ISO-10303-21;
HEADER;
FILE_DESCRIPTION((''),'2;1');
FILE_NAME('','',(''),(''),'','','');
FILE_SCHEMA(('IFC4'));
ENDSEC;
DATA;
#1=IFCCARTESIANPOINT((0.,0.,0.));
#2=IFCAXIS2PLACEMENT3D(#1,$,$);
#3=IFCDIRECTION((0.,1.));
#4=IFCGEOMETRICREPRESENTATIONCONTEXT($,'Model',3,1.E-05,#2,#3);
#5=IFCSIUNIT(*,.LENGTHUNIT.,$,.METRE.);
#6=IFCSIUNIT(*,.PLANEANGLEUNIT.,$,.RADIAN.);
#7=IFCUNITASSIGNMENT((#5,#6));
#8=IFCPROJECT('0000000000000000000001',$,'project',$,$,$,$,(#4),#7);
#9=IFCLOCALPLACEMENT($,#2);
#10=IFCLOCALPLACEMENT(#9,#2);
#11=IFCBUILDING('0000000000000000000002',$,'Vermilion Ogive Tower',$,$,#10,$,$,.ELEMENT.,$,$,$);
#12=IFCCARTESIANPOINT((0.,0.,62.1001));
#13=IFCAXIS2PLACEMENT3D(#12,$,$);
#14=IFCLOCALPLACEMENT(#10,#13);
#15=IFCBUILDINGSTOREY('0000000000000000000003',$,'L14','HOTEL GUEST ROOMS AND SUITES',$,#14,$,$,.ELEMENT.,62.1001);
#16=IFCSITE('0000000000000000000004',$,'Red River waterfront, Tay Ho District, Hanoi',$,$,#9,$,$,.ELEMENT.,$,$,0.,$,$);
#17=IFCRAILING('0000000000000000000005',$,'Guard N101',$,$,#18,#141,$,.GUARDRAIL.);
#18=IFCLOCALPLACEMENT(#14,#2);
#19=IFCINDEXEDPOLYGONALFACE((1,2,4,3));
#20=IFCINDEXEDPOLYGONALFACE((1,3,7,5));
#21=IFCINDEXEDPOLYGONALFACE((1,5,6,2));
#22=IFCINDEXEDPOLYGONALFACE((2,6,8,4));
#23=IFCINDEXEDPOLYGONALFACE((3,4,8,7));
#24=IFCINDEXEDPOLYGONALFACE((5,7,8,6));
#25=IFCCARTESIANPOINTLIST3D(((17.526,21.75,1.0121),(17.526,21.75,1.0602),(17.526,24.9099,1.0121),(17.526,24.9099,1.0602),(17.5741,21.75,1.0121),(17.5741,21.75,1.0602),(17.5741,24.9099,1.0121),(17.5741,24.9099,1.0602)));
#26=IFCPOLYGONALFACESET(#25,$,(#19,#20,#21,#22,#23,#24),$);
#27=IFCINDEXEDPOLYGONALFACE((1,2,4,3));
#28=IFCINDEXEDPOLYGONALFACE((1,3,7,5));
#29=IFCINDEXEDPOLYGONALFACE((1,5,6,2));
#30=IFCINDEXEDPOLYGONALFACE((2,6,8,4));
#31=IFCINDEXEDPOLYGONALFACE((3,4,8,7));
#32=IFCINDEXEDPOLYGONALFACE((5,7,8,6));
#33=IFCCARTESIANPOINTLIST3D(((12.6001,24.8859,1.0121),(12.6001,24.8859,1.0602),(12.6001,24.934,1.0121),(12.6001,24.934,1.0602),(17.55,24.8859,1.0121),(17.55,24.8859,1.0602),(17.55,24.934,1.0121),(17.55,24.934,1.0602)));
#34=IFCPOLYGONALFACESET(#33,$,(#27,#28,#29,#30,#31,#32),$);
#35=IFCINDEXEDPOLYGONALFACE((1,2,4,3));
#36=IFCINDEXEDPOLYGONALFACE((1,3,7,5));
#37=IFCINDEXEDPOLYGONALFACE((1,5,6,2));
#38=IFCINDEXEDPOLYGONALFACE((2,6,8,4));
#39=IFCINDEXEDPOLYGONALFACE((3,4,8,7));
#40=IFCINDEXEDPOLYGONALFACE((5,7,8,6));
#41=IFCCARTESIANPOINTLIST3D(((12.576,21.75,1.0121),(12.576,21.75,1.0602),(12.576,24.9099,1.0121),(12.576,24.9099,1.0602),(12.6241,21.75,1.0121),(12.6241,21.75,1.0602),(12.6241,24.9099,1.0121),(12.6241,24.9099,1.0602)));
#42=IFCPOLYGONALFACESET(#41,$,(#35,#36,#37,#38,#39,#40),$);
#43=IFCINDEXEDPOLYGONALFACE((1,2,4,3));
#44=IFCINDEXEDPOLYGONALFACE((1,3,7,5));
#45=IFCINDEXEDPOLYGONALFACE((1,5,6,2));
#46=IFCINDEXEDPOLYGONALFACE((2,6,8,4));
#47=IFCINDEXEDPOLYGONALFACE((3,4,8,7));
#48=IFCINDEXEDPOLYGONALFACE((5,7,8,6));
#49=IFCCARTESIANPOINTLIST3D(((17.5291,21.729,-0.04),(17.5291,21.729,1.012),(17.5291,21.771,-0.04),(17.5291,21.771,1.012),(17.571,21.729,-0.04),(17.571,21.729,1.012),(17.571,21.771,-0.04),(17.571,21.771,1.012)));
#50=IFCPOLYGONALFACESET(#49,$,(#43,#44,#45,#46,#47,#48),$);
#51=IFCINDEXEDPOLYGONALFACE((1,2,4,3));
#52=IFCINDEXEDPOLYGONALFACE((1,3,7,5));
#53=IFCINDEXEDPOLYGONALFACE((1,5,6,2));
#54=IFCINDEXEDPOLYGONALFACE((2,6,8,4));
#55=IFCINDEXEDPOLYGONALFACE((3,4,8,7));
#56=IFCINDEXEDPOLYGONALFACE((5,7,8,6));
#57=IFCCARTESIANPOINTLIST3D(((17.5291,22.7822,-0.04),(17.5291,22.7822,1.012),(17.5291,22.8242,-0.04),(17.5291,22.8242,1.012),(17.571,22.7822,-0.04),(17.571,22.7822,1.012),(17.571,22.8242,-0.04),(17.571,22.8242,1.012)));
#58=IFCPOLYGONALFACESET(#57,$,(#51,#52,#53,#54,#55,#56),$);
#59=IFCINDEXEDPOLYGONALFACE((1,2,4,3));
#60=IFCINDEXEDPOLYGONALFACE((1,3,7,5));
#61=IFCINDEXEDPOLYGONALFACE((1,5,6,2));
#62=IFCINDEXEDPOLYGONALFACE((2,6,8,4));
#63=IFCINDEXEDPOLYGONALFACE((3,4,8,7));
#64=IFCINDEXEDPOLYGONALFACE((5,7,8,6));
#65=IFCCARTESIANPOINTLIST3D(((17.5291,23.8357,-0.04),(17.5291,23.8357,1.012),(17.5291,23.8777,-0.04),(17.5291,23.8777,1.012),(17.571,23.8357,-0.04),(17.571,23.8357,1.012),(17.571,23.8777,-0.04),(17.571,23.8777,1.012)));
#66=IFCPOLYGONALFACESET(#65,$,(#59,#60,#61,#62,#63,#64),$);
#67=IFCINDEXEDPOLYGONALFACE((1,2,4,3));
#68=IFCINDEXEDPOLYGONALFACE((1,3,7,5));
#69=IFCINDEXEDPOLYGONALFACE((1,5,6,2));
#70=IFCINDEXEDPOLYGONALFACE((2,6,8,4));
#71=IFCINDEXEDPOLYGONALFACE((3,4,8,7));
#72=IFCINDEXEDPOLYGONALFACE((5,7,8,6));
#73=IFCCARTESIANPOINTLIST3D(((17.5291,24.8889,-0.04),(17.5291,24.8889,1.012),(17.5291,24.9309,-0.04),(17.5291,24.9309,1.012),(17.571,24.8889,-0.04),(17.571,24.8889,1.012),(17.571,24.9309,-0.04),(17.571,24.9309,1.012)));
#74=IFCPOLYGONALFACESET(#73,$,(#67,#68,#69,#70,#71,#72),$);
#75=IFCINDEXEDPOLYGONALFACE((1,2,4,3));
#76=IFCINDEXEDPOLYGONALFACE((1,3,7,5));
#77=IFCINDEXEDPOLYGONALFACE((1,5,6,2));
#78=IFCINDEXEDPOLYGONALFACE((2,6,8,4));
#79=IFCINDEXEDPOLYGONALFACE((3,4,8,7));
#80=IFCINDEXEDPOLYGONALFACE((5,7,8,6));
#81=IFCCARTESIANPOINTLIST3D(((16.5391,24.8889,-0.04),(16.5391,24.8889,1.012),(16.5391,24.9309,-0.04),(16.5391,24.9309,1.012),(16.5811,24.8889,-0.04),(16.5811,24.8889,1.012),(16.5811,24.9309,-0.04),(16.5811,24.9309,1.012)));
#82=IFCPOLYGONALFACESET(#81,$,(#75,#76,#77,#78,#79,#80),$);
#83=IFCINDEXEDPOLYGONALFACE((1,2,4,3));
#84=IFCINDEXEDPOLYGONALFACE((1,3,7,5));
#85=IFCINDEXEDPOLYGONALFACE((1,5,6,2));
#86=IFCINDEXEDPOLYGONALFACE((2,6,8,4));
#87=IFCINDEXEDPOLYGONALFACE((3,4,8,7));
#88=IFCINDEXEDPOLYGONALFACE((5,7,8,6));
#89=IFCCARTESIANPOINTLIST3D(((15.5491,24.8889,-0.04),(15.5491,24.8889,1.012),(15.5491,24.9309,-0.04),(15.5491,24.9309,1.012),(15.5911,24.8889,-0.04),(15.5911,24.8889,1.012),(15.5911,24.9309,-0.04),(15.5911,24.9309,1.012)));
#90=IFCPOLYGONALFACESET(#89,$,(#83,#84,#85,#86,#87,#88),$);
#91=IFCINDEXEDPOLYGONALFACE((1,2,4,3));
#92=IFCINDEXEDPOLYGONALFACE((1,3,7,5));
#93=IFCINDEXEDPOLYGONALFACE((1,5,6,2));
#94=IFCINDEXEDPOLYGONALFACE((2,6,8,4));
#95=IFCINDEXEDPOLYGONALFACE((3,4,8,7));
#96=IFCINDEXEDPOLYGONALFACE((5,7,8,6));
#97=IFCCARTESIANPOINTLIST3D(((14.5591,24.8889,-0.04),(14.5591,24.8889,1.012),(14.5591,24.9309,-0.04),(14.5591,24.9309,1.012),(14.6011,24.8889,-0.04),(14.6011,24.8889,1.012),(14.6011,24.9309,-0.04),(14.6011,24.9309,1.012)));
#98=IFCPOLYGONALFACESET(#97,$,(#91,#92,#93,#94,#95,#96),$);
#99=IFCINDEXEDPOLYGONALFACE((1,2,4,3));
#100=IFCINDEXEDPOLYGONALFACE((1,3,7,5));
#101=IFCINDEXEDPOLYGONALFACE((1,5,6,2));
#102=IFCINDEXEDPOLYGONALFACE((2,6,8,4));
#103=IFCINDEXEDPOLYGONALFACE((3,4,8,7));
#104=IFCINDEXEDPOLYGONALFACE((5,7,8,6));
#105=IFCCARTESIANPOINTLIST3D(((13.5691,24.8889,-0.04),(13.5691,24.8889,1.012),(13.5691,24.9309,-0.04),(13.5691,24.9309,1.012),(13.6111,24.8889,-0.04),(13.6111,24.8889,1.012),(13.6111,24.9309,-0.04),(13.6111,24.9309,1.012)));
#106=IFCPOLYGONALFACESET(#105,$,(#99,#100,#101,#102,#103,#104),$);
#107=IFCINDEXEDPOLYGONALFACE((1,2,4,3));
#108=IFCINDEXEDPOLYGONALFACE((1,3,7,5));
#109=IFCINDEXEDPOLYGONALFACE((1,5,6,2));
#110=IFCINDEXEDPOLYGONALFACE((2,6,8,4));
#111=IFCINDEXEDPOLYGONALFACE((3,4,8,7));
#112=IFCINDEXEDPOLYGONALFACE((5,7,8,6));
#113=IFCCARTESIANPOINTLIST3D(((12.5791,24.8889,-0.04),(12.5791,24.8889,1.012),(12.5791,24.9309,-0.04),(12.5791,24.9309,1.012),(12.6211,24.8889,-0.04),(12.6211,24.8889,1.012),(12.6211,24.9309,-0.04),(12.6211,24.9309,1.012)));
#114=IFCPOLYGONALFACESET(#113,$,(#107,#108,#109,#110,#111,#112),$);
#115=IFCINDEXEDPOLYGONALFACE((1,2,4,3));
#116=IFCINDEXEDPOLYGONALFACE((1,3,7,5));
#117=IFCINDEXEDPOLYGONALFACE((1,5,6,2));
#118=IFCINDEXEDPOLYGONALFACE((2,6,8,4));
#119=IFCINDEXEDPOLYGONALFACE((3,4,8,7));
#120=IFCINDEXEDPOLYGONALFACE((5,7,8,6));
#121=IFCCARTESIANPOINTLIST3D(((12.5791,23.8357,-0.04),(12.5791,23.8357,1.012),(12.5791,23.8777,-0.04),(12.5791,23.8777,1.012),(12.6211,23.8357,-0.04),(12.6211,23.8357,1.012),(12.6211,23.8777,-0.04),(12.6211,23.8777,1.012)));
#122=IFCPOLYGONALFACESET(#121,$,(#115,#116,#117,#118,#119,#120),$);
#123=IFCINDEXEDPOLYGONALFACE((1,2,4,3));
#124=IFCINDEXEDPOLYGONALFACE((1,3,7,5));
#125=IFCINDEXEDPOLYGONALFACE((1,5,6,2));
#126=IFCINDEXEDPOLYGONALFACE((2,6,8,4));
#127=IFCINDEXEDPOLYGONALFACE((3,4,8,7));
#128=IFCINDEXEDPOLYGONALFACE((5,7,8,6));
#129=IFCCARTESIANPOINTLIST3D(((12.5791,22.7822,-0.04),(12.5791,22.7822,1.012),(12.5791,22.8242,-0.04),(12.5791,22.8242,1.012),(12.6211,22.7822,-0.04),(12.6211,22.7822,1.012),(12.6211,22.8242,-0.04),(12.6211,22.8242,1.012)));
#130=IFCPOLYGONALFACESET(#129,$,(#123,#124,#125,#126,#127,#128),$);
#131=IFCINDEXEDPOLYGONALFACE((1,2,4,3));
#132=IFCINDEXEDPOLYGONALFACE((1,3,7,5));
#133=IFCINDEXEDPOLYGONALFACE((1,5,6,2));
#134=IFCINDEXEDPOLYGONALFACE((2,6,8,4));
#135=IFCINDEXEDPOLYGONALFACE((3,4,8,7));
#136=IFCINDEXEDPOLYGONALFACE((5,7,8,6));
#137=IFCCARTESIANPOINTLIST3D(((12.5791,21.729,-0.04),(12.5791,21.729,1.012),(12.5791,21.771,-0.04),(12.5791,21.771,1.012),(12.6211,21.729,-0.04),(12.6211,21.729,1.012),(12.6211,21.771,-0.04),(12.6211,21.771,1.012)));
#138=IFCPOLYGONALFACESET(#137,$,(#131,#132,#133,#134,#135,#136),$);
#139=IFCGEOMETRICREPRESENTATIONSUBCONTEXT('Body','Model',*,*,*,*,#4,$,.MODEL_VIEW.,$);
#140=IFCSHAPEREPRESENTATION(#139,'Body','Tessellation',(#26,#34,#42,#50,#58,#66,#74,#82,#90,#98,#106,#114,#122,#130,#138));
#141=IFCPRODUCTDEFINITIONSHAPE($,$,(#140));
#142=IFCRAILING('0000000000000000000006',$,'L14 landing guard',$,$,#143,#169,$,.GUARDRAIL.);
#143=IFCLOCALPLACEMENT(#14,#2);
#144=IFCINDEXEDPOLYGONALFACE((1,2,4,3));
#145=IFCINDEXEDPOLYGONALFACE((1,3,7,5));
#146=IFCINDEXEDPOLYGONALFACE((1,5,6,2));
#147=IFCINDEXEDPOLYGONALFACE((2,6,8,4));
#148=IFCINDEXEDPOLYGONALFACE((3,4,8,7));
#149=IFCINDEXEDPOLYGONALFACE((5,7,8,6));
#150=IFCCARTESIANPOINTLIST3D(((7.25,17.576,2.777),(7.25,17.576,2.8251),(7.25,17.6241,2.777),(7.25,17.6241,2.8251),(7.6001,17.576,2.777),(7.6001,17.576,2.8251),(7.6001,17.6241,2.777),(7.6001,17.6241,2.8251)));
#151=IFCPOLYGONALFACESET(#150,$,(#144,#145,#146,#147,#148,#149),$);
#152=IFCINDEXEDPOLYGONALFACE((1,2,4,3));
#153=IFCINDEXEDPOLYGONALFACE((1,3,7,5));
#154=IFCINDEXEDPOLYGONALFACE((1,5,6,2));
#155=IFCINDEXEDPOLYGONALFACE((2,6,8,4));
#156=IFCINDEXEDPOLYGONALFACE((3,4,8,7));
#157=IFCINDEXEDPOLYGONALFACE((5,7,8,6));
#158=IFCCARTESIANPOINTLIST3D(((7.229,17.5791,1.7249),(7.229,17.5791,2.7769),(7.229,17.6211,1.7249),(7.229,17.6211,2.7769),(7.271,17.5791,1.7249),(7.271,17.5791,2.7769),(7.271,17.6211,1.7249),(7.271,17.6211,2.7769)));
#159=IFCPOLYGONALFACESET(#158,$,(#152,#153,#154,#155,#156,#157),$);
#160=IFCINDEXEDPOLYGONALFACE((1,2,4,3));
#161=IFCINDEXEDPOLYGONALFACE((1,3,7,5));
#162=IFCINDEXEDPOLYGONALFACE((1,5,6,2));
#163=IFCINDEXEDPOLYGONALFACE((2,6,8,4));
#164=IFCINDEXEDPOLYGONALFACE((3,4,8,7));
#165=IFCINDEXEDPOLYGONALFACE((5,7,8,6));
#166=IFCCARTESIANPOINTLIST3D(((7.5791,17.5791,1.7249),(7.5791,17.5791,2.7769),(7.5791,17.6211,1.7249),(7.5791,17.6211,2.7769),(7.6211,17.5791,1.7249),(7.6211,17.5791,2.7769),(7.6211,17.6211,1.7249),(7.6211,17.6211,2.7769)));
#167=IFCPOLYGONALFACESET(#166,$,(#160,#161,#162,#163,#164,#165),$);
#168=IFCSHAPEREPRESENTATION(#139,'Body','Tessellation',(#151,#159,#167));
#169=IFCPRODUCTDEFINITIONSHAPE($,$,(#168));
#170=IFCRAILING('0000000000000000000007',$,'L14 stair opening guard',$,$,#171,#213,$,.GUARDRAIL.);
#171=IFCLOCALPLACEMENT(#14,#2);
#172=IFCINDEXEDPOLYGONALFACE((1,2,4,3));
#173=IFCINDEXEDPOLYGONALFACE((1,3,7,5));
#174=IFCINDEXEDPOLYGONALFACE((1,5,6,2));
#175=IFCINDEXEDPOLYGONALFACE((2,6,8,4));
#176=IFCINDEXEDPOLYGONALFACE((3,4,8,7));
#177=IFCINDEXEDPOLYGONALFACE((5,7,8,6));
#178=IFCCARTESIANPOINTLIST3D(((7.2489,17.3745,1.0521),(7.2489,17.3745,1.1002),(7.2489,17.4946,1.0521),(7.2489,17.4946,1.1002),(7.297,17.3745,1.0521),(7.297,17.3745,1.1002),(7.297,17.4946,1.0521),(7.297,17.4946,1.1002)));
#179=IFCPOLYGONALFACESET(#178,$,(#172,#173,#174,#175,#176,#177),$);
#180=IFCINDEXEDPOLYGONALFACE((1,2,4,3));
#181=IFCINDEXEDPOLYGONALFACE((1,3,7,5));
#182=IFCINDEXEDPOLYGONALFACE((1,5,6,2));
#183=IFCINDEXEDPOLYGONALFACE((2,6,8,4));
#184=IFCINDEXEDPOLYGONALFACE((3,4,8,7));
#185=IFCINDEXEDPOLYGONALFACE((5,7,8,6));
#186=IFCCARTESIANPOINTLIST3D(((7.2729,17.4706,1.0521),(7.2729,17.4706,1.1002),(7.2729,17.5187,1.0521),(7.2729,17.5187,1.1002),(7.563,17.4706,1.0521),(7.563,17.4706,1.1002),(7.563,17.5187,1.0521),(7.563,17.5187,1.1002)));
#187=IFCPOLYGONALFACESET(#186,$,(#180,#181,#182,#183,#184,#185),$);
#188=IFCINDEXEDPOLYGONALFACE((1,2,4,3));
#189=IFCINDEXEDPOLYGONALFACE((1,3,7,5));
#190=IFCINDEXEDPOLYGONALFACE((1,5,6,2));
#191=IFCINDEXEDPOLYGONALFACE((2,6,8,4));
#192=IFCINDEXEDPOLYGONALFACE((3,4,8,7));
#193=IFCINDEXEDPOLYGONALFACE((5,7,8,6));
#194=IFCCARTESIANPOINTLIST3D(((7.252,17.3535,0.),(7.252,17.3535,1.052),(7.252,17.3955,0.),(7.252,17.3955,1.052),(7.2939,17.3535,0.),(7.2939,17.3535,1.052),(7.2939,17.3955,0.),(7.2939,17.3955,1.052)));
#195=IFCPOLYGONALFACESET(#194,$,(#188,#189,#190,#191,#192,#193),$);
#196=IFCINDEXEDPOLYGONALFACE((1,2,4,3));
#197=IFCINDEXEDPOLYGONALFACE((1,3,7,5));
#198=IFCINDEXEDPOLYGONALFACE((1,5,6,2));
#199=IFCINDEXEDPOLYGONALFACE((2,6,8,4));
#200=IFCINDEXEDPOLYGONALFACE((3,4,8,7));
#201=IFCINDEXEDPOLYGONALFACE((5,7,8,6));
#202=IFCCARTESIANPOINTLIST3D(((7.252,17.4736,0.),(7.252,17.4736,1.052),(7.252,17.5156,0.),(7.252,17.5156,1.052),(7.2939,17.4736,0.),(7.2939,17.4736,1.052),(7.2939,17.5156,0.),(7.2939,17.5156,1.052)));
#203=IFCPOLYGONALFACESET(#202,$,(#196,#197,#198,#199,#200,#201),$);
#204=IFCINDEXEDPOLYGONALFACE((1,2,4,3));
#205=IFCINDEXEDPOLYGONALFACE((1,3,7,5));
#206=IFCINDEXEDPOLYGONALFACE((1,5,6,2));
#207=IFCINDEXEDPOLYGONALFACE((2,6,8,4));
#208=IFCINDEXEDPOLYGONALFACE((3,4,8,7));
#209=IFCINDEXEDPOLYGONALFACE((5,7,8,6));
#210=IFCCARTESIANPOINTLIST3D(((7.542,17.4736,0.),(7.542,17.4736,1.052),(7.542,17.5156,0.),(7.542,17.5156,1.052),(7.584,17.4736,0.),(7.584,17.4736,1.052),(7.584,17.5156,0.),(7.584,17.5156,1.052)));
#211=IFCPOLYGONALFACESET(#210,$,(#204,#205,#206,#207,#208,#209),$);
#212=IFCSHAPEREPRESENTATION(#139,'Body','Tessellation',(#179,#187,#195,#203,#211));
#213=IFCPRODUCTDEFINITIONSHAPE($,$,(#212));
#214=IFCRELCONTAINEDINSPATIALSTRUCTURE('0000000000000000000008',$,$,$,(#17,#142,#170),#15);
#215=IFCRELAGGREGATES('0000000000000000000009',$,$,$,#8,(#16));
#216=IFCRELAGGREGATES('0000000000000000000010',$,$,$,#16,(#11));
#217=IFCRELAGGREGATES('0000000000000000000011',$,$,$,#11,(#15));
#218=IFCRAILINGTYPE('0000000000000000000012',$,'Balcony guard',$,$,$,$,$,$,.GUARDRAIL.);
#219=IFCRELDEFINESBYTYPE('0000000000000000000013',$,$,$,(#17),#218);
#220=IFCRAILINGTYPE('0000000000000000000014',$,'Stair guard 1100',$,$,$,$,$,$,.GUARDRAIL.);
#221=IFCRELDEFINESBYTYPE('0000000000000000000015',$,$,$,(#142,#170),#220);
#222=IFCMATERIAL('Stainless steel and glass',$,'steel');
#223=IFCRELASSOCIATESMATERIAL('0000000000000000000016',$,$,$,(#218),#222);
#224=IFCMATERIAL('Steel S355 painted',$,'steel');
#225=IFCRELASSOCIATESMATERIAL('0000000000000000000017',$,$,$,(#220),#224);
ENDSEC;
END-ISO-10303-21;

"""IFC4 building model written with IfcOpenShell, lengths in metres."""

from ifc_helpers import new_model, si_unit, direction, frame, origin, origin_2d, place, context, subcontext, project, spatial, rectangle, extrude, material, type_object, element, save


model = new_model("IFC4")

# Units and contexts
model_context = context("Model", 3, precision=1e-05, world=origin(), true_north=direction((0.0, 1.0)))
body_context = subcontext(model_context, "Body", "Model", "MODEL_VIEW")
ifc_project = project(units=[si_unit("LENGTHUNIT", "METRE"), si_unit("PLANEANGLEUNIT", "RADIAN")], contexts=[model_context])

# Site, building, storey
site_placement = place(None, origin())
site = spatial("IfcSite", under=ifc_project, at=site_placement, Name="Red River waterfront, Tay Ho District, Hanoi", CompositionType="ELEMENT", RefElevation=0.0)
building_placement = place(site_placement, origin())
building = spatial("IfcBuilding", under=site, at=building_placement, Name="Vermilion Ogive Tower", CompositionType="ELEMENT")
storey_placement = place(building_placement, frame((0.0, 0.0, 62.1001)))
storey = spatial("IfcBuildingStorey", under=building, at=storey_placement, Name="L14", Description="HOTEL GUEST ROOMS AND SUITES", CompositionType="ELEMENT", Elevation=62.1001)

# Railings
ifc_material_1 = material(Name="Stainless steel and glass", Category="steel")
railing_type_1 = type_object("IfcRailingType", Name="Balcony guard", PredefinedType="GUARDRAIL", material=ifc_material_1)
railing_1_placement = place(storey_placement, frame((17.55, 21.75, -0.04)))
element("IfcRailing", 1, at=railing_1_placement, inside=storey, type_object=railing_type_1, Name="Guard N101", PredefinedType="GUARDRAIL", context=body_context, shape_type="SweptSolid", body=[
    extrude(rectangle(XDim=0.0481, YDim=0.0481, at=origin_2d()), frame((0.0, 0.0, 1.0762), z_axis=(0.0, 1.0, 0.0), x_axis=(-1.0, 0.0, 0.0)), (0.0, 0.0, 1.0), 3.1599),
    extrude(rectangle(XDim=0.0481, YDim=0.0481, at=origin_2d()), frame((0.0, 3.1599, 1.0762), z_axis=(-1.0, 0.0, 0.0), x_axis=(0.0, -1.0, 0.0)), (0.0, 0.0, 1.0), 4.95),
    extrude(rectangle(XDim=0.0481, YDim=0.0481, at=origin_2d()), frame((-4.95, 3.1599, 1.0762), z_axis=(0.0, -1.0, 0.0), x_axis=(1.0, 0.0, 0.0)), (0.0, 0.0, 1.0), 3.1599),
    extrude(rectangle(XDim=0.042, YDim=0.042, at=origin_2d()), origin(), (0.0, 0.0, 1.0), 1.052),
    extrude(rectangle(XDim=0.042, YDim=0.042, at=origin_2d()), frame((0.0, 1.0532, 0.0)), (0.0, 0.0, 1.0), 1.052),
    extrude(rectangle(XDim=0.042, YDim=0.042, at=origin_2d()), frame((0.0, 2.1067, 0.0)), (0.0, 0.0, 1.0), 1.052),
    extrude(rectangle(XDim=0.042, YDim=0.042, at=origin_2d()), frame((0.0, 3.1599, 0.0)), (0.0, 0.0, 1.0), 1.052),
    extrude(rectangle(XDim=0.042, YDim=0.042, at=origin_2d()), frame((-0.99, 3.1599, 0.0)), (0.0, 0.0, 1.0), 1.052),
    extrude(rectangle(XDim=0.042, YDim=0.042, at=origin_2d()), frame((-1.98, 3.1599, 0.0)), (0.0, 0.0, 1.0), 1.052),
    extrude(rectangle(XDim=0.042, YDim=0.042, at=origin_2d()), frame((-2.97, 3.1599, 0.0)), (0.0, 0.0, 1.0), 1.052),
    extrude(rectangle(XDim=0.042, YDim=0.042, at=origin_2d()), frame((-3.96, 3.1599, 0.0)), (0.0, 0.0, 1.0), 1.052),
    extrude(rectangle(XDim=0.042, YDim=0.042, at=origin_2d()), frame((-4.95, 3.1599, 0.0)), (0.0, 0.0, 1.0), 1.052),
    extrude(rectangle(XDim=0.042, YDim=0.042, at=origin_2d()), frame((-4.95, 2.1067, 0.0)), (0.0, 0.0, 1.0), 1.052),
    extrude(rectangle(XDim=0.042, YDim=0.042, at=origin_2d()), frame((-4.95, 1.0532, 0.0)), (0.0, 0.0, 1.0), 1.052),
    extrude(rectangle(XDim=0.042, YDim=0.042, at=origin_2d()), frame((-4.95, 0.0, 0.0)), (0.0, 0.0, 1.0), 1.052),
])
ifc_material_2 = material(Name="Steel S355 painted", Category="steel")
railing_type_2 = type_object("IfcRailingType", Name="Stair guard 1100", PredefinedType="GUARDRAIL", material=ifc_material_2)
railing_2_placement = place(storey_placement, frame((7.25, 17.6001, 1.7249)))
element("IfcRailing", 2, at=railing_2_placement, inside=storey, type_object=railing_type_2, Name="L14 landing guard", PredefinedType="GUARDRAIL", context=body_context, shape_type="SweptSolid", body=[
    extrude(rectangle(XDim=0.0481, YDim=0.0481, at=origin_2d()), frame((0.0, 0.0, 1.0762), z_axis=(1.0, 0.0, 0.0), x_axis=(0.0, 1.0, 0.0)), (0.0, 0.0, 1.0), 0.3501),
    extrude(rectangle(XDim=0.042, YDim=0.042, at=origin_2d()), origin(), (0.0, 0.0, 1.0), 1.052),
    extrude(rectangle(XDim=0.042, YDim=0.042, at=origin_2d()), frame((0.3501, 0.0, 0.0)), (0.0, 0.0, 1.0), 1.052),
])
railing_3_placement = place(storey_placement, frame((7.2729, 17.3745, 0.0)))
element("IfcRailing", 3, at=railing_3_placement, inside=storey, type_object=railing_type_2, Name="L14 stair opening guard", PredefinedType="GUARDRAIL", context=body_context, shape_type="SweptSolid", body=[
    extrude(rectangle(XDim=0.0481, YDim=0.0481, at=origin_2d()), frame((0.0, 0.0, 1.0762), z_axis=(0.0, 1.0, 0.0), x_axis=(-1.0, 0.0, 0.0)), (0.0, 0.0, 1.0), 0.1201),
    extrude(rectangle(XDim=0.0481, YDim=0.0481, at=origin_2d()), frame((0.0, 0.1201, 1.0762), z_axis=(1.0, 0.0, 0.0), x_axis=(0.0, 1.0, 0.0)), (0.0, 0.0, 1.0), 0.29),
    extrude(rectangle(XDim=0.042, YDim=0.042, at=origin_2d()), origin(), (0.0, 0.0, 1.0), 1.052),
    extrude(rectangle(XDim=0.042, YDim=0.042, at=origin_2d()), frame((0.0, 0.1201, 0.0)), (0.0, 0.0, 1.0), 1.052),
    extrude(rectangle(XDim=0.042, YDim=0.042, at=origin_2d()), frame((0.29, 0.1201, 0.0)), (0.0, 0.0, 1.0), 1.052),
])

save(model, "model.ifc")
